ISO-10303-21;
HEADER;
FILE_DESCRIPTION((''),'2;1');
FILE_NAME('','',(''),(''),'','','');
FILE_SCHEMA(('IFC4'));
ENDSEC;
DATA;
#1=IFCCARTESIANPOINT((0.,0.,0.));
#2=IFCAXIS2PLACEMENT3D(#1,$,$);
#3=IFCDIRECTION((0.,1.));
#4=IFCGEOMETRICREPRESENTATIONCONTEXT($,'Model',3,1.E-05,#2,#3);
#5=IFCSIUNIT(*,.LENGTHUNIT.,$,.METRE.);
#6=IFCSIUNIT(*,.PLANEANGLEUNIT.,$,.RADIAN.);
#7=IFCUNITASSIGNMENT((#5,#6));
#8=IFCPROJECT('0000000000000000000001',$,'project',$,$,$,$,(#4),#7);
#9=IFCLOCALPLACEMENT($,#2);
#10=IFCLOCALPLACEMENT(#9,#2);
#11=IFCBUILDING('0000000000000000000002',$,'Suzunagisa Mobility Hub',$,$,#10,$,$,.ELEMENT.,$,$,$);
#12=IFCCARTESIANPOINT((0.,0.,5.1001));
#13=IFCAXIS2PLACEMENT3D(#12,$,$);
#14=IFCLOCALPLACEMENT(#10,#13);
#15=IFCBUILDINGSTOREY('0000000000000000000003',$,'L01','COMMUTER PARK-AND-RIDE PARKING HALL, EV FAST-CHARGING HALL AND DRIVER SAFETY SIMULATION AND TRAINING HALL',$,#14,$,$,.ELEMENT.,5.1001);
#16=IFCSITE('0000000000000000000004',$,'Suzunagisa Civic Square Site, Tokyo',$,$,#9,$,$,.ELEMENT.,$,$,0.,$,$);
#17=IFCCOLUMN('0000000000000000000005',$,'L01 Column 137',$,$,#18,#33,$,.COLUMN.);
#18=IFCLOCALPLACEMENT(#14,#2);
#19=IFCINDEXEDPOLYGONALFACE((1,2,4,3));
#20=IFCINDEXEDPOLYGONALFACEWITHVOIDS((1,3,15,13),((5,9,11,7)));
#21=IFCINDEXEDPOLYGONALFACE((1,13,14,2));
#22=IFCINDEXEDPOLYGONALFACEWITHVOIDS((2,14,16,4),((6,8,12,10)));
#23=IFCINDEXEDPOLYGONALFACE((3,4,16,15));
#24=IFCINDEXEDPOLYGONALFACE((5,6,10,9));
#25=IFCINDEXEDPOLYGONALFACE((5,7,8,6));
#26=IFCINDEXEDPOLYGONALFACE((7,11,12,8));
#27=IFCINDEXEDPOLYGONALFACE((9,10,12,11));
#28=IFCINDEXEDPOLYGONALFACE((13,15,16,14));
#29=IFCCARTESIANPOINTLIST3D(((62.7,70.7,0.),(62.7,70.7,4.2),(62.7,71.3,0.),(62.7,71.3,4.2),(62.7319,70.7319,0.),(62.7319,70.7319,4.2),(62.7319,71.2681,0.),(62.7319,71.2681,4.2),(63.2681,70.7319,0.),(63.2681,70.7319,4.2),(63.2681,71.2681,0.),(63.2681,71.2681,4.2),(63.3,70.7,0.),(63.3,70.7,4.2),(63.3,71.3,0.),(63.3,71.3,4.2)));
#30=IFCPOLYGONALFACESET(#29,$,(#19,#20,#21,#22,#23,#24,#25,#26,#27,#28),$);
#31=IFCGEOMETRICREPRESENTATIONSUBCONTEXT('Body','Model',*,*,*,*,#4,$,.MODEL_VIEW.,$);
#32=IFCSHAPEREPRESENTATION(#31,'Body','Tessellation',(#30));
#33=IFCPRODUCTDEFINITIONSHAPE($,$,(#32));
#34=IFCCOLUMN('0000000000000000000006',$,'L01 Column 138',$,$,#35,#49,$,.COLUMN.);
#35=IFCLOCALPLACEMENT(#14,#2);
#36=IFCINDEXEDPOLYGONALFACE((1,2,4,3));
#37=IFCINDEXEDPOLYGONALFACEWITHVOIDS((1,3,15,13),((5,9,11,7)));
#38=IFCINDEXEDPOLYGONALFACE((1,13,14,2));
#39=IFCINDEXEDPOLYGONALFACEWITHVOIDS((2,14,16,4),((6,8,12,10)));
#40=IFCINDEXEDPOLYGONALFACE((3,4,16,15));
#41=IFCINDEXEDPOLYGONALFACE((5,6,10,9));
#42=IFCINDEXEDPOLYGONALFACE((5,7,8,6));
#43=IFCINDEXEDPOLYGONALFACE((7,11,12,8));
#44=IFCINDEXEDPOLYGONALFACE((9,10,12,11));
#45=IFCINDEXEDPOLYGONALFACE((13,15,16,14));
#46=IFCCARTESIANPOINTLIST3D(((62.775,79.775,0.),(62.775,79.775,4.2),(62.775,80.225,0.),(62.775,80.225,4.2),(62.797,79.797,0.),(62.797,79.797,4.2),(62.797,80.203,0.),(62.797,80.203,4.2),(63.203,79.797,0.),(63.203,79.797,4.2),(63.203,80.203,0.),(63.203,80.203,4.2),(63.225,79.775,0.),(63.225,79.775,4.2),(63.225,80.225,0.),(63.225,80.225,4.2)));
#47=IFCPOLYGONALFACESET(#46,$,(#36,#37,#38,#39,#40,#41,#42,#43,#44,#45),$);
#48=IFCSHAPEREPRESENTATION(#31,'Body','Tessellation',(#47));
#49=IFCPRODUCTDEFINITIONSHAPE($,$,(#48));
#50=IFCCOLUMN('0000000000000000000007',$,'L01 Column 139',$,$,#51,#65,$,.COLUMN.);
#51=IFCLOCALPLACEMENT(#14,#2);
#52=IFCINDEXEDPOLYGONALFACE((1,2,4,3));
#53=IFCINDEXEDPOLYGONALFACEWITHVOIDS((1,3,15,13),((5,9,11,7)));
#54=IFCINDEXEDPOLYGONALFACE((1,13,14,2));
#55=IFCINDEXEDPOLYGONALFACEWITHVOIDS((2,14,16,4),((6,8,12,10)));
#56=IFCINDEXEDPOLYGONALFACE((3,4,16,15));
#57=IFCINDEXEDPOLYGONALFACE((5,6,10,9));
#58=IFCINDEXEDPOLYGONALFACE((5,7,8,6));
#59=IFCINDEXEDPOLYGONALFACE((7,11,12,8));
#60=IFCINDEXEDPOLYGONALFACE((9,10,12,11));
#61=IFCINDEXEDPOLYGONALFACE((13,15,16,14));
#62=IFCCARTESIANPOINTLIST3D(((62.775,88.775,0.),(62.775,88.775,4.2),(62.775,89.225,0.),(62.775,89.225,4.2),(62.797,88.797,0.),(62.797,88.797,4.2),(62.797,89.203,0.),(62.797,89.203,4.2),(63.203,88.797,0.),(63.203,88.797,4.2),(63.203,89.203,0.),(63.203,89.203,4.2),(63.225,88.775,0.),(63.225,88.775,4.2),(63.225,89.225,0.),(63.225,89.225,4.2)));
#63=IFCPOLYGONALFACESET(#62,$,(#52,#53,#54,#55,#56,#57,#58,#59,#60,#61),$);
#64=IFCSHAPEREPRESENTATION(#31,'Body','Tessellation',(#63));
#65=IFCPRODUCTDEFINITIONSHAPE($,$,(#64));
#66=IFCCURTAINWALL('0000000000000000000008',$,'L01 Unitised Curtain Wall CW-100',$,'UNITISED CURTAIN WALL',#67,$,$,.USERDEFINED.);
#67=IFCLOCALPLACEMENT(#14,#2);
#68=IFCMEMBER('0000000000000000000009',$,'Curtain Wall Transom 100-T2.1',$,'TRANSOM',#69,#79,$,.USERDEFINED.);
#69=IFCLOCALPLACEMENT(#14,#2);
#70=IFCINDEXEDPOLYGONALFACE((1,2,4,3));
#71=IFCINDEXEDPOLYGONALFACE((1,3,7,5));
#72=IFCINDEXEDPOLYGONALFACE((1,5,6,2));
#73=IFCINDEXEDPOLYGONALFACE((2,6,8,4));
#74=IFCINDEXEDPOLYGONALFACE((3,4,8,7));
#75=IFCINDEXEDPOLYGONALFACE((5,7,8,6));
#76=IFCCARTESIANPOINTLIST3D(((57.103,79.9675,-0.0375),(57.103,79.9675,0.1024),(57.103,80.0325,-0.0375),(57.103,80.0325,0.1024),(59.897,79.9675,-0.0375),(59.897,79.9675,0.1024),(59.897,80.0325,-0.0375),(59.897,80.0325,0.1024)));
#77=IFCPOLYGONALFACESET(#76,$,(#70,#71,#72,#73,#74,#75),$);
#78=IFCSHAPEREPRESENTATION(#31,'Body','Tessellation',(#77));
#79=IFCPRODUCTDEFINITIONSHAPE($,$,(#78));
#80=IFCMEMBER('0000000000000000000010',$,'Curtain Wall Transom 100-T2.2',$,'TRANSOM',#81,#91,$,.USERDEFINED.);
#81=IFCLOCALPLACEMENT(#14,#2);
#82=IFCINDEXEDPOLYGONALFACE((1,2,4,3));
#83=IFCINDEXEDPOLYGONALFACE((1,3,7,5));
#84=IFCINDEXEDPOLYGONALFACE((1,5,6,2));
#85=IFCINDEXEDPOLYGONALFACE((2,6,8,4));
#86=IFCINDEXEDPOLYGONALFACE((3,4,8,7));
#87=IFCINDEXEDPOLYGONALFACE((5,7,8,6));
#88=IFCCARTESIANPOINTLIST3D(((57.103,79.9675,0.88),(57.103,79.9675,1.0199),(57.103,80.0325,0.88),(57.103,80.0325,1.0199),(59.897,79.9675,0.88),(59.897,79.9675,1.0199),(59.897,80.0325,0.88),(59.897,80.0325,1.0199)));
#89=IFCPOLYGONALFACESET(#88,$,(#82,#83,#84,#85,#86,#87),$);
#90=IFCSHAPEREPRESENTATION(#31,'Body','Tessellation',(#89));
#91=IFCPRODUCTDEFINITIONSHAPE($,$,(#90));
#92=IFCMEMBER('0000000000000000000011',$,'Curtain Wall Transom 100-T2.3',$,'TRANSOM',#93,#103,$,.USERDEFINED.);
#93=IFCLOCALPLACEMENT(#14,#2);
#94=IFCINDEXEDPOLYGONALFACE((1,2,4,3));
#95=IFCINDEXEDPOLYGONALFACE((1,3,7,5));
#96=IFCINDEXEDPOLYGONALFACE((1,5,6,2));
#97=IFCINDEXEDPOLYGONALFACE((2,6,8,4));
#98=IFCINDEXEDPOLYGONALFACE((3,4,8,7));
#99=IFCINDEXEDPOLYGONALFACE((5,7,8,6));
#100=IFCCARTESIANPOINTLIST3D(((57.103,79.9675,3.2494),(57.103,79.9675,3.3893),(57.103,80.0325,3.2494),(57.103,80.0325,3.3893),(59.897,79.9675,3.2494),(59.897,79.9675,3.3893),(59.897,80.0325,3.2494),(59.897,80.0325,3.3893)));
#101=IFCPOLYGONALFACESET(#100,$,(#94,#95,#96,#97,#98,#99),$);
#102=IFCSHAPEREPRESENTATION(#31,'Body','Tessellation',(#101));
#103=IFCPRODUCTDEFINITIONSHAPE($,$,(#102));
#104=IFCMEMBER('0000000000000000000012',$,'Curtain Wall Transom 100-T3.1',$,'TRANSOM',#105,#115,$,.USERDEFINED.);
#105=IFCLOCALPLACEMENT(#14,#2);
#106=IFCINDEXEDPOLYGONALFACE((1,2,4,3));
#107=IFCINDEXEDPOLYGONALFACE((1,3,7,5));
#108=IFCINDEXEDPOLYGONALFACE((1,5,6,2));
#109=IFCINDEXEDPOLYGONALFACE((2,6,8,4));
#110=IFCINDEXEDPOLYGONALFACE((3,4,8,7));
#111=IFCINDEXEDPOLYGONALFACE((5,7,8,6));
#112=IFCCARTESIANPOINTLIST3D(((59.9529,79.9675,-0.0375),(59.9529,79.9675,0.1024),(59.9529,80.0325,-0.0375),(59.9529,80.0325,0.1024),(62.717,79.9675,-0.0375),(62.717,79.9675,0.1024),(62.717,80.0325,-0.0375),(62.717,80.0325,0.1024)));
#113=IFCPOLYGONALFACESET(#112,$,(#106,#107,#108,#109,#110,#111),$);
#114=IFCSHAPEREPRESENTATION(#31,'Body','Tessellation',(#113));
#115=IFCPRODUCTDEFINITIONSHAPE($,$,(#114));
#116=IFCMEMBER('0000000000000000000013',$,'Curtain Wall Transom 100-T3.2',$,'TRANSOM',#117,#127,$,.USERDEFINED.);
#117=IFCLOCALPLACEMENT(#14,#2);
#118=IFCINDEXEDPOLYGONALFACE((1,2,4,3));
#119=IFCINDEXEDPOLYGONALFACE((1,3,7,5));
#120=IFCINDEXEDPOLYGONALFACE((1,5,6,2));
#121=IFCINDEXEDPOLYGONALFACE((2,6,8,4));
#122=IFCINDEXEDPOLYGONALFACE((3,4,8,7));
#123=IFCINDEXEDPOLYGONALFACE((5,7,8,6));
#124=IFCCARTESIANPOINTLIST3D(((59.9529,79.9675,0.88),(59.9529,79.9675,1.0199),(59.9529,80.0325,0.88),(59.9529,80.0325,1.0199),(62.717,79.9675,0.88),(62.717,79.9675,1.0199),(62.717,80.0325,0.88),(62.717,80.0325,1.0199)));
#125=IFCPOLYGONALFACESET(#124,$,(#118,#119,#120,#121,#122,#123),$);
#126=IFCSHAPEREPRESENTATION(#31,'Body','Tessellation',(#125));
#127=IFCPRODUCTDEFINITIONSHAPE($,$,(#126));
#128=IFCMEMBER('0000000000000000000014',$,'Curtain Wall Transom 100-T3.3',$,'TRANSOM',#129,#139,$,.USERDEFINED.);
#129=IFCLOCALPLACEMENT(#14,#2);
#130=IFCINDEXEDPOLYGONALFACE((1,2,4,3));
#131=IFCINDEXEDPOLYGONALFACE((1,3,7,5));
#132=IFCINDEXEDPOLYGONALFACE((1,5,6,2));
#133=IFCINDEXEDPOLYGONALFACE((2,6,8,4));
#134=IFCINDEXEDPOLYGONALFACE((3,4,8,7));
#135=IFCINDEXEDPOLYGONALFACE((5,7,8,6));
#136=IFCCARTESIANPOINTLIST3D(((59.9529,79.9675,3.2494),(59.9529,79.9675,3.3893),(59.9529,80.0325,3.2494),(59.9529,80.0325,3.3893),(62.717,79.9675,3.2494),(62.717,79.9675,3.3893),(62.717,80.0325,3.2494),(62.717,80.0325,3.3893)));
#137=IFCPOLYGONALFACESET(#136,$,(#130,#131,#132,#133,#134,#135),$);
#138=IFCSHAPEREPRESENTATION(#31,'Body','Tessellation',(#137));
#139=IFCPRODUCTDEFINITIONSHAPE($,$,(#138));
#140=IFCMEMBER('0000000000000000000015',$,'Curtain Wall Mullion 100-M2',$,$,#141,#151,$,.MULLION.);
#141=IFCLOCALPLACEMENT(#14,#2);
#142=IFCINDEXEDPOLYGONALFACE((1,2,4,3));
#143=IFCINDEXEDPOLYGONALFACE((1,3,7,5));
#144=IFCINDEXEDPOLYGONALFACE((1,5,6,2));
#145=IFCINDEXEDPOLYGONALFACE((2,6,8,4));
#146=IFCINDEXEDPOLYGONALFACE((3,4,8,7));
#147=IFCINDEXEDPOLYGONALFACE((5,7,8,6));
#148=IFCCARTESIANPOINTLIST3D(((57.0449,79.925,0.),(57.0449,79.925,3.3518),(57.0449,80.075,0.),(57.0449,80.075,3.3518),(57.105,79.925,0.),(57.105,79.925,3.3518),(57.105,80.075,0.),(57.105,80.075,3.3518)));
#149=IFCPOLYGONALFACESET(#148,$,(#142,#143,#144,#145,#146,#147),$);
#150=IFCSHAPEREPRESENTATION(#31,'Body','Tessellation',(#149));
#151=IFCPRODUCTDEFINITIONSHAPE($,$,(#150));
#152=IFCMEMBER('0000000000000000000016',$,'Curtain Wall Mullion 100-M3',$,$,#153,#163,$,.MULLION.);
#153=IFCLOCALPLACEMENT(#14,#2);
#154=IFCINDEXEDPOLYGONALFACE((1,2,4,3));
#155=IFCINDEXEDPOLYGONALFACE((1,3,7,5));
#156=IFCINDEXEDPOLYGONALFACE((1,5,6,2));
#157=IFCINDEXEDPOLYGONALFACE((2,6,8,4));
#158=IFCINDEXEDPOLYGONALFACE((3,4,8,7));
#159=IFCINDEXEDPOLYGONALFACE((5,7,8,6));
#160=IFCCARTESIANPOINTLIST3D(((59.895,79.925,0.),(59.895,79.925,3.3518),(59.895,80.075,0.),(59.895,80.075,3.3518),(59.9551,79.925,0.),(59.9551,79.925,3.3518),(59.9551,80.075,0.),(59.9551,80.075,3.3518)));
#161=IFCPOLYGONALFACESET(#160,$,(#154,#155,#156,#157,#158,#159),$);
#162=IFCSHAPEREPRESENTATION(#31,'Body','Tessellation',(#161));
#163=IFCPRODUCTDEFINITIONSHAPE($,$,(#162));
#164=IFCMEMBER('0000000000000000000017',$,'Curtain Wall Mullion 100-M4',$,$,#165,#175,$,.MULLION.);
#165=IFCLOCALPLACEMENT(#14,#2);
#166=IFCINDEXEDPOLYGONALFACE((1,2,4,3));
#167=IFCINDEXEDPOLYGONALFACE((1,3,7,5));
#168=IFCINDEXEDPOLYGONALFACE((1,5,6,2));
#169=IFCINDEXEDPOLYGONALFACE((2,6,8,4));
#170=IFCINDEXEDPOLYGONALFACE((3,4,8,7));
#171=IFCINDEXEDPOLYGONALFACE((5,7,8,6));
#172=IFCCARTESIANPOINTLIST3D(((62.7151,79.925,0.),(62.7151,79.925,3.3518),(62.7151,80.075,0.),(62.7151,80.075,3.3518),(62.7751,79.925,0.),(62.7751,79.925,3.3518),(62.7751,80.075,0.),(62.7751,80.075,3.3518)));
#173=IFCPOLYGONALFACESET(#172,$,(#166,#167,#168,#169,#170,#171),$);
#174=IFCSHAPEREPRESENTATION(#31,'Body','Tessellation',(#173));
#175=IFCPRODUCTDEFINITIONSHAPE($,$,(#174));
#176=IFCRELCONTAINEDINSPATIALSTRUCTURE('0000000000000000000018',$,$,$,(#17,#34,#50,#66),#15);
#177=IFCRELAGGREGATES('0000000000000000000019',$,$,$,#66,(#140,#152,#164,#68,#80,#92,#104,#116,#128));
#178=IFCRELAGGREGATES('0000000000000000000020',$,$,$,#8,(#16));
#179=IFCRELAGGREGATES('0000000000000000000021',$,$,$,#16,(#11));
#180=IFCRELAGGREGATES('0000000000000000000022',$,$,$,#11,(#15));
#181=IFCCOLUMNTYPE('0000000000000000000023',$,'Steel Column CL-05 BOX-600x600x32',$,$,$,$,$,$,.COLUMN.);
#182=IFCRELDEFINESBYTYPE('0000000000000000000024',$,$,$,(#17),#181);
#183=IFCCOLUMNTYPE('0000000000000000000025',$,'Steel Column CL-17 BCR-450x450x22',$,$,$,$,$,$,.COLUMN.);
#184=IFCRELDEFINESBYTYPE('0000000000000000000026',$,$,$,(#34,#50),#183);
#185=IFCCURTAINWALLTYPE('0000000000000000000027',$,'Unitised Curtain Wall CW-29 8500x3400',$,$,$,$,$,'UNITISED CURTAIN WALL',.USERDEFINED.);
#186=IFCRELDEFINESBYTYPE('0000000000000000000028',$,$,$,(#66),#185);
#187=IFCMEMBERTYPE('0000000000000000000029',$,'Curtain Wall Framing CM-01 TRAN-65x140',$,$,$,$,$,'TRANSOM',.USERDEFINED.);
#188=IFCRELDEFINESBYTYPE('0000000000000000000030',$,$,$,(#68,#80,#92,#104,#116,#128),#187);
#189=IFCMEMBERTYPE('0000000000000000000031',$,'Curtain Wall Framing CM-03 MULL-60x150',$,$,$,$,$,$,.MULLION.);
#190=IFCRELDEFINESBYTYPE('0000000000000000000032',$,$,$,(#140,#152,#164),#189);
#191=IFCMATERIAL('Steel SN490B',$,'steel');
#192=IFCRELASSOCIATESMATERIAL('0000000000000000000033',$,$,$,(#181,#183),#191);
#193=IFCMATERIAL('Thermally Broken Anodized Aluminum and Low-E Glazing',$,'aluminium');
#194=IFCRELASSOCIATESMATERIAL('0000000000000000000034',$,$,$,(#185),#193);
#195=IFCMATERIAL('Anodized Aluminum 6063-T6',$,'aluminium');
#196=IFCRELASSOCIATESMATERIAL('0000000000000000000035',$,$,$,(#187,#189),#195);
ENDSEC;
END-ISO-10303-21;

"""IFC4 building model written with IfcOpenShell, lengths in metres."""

from ifc_helpers import new_model, si_unit, direction, frame, origin, origin_2d, place, context, subcontext, project, spatial, rectangle, hollow_rectangle, extrude, material, material_profile, profile_set, type_object, element, aggregate, save


model = new_model("IFC4")

# Units and contexts
model_context = context("Model", 3, precision=1e-05, world=origin(), true_north=direction((0.0, 1.0)))
body_context = subcontext(model_context, "Body", "Model", "MODEL_VIEW")
ifc_project = project(units=[si_unit("LENGTHUNIT", "METRE"), si_unit("PLANEANGLEUNIT", "RADIAN")], contexts=[model_context])

# Site, building, storey
site_placement = place(None, origin())
site = spatial("IfcSite", under=ifc_project, at=site_placement, Name="Suzunagisa Civic Square Site, Tokyo", CompositionType="ELEMENT", RefElevation=0.0)
building_placement = place(site_placement, origin())
building = spatial("IfcBuilding", under=site, at=building_placement, Name="Suzunagisa Mobility Hub", CompositionType="ELEMENT")
storey_placement = place(building_placement, frame((0.0, 0.0, 5.1001)))
storey = spatial("IfcBuildingStorey", under=building, at=storey_placement, Name="L01", Description="COMMUTER PARK-AND-RIDE PARKING HALL, EV FAST-CHARGING HALL AND DRIVER SAFETY SIMULATION AND TRAINING HALL", CompositionType="ELEMENT", Elevation=5.1001)

# Columns
ifc_material_1 = material(Name="Steel SN490B", Category="steel")
ifc_material_profile_1 = material_profile(ifc_material_1, hollow_rectangle(XDim=0.6001, YDim=0.6001, WallThickness=0.032, at=origin_2d()), Name="BOX-600x600x32")
ifc_profile_set_1 = profile_set([ifc_material_profile_1], Name="Steel SN490B")
column_type_1 = type_object("IfcColumnType", Name="Steel Column CL-05 BOX-600x600x32", PredefinedType="COLUMN", material=ifc_profile_set_1)
column_placement = place(storey_placement, frame((63.0, 71.0, 0.0), z_axis=(0.0, 0.0, 1.0), x_axis=(1.0, 0.0, 0.0)))
element("IfcColumn", 1, at=column_placement, inside=storey, type_object=column_type_1, Name="L01 Column 137", PredefinedType="COLUMN", context=body_context, shape_type="SweptSolid", body=[
    extrude(hollow_rectangle(XDim=0.6001, YDim=0.6001, WallThickness=0.032, at=origin_2d()), origin(), (0.0, 0.0, 1.0), 4.2),
])
ifc_material_profile_2 = material_profile(ifc_material_1, hollow_rectangle(XDim=0.45, YDim=0.45, WallThickness=0.022, at=origin_2d()), Name="BCR-450x450x22")
ifc_profile_set_2 = profile_set([ifc_material_profile_2], Name="Steel SN490B")
column_type_2 = type_object("IfcColumnType", Name="Steel Column CL-17 BCR-450x450x22", PredefinedType="COLUMN", material=ifc_profile_set_2)
for number, where, z_axis, x_axis, name in (
    (2, (63.0, 80.0, 0.0), (0.0, 0.0, 1.0), (1.0, 0.0, 0.0), "L01 Column 138"),
    (3, (63.0, 89.0, 0.0), (0.0, 0.0, 1.0), (1.0, 0.0, 0.0), "L01 Column 139"),
):
    element("IfcColumn", number, at=place(storey_placement, frame(where, z_axis=z_axis, x_axis=x_axis)), inside=storey, type_object=column_type_2, Name=name, PredefinedType="COLUMN", context=body_context, shape_type="SweptSolid", body=[
        extrude(hollow_rectangle(XDim=0.45, YDim=0.45, WallThickness=0.022, at=origin_2d()), origin(), (0.0, 0.0, 1.0), 4.2),
    ])

# Curtain wall, members
ifc_material_2 = material(Name="Thermally Broken Anodized Aluminum and Low-E Glazing", Category="aluminium")
curtain_wall_type = type_object("IfcCurtainWallType", Name="Unitised Curtain Wall CW-29 8500x3400", ElementType="UNITISED CURTAIN WALL", PredefinedType="USERDEFINED", material=ifc_material_2)
curtain_wall_placement = place(storey_placement, origin())
curtain_wall = element("IfcCurtainWall", 4, at=curtain_wall_placement, inside=storey, type_object=curtain_wall_type, Name="L01 Unitised Curtain Wall CW-100", ObjectType="UNITISED CURTAIN WALL", PredefinedType="USERDEFINED")
ifc_material_3 = material(Name="Anodized Aluminum 6063-T6", Category="aluminium")
ifc_material_profile_3 = material_profile(ifc_material_3, rectangle(XDim=0.0649, YDim=0.1399, at=origin_2d()), Name="TRAN-65x140")
ifc_profile_set_3 = profile_set([ifc_material_profile_3], Name="Anodized Aluminum 6063-T6")
member_type_1 = type_object("IfcMemberType", Name="Curtain Wall Framing CM-01 TRAN-65x140", ElementType="TRANSOM", PredefinedType="USERDEFINED", material=ifc_profile_set_3)
member_1_placement = place(storey_placement, frame((57.103, 80.0, 0.0325), z_axis=(1.0, 0.0, 0.0), x_axis=(0.0, 1.0, 0.0)))
member_1 = element("IfcMember", 5, at=member_1_placement, type_object=member_type_1, Name="Curtain Wall Transom 100-T2.1", ObjectType="TRANSOM", PredefinedType="USERDEFINED", context=body_context, shape_type="SweptSolid", body=[
    extrude(rectangle(XDim=0.0649, YDim=0.1399, at=origin_2d()), origin(), (0.0, 0.0, 1.0), 2.7939),
])
member_2_placement = place(storey_placement, frame((57.103, 80.0, 0.95), z_axis=(1.0, 0.0, 0.0), x_axis=(0.0, 1.0, 0.0)))
member_2 = element("IfcMember", 6, at=member_2_placement, type_object=member_type_1, Name="Curtain Wall Transom 100-T2.2", ObjectType="TRANSOM", PredefinedType="USERDEFINED", context=body_context, shape_type="SweptSolid", body=[
    extrude(rectangle(XDim=0.0649, YDim=0.1399, at=origin_2d()), origin(), (0.0, 0.0, 1.0), 2.7939),
])
member_3_placement = place(storey_placement, frame((57.103, 80.0, 3.3193), z_axis=(1.0, 0.0, 0.0), x_axis=(0.0, 1.0, 0.0)))
member_3 = element("IfcMember", 7, at=member_3_placement, type_object=member_type_1, Name="Curtain Wall Transom 100-T2.3", ObjectType="TRANSOM", PredefinedType="USERDEFINED", context=body_context, shape_type="SweptSolid", body=[
    extrude(rectangle(XDim=0.0649, YDim=0.1399, at=origin_2d()), origin(), (0.0, 0.0, 1.0), 2.7939),
])
member_4_placement = place(storey_placement, frame((59.9529, 80.0, 0.0325), z_axis=(1.0, 0.0, 0.0), x_axis=(0.0, 1.0, 0.0)))
member_4 = element("IfcMember", 8, at=member_4_placement, type_object=member_type_1, Name="Curtain Wall Transom 100-T3.1", ObjectType="TRANSOM", PredefinedType="USERDEFINED", context=body_context, shape_type="SweptSolid", body=[
    extrude(rectangle(XDim=0.0649, YDim=0.1399, at=origin_2d()), origin(), (0.0, 0.0, 1.0), 2.7642),
])
member_5_placement = place(storey_placement, frame((59.9529, 80.0, 0.95), z_axis=(1.0, 0.0, 0.0), x_axis=(0.0, 1.0, 0.0)))
member_5 = element("IfcMember", 9, at=member_5_placement, type_object=member_type_1, Name="Curtain Wall Transom 100-T3.2", ObjectType="TRANSOM", PredefinedType="USERDEFINED", context=body_context, shape_type="SweptSolid", body=[
    extrude(rectangle(XDim=0.0649, YDim=0.1399, at=origin_2d()), origin(), (0.0, 0.0, 1.0), 2.7642),
])
member_6_placement = place(storey_placement, frame((59.9529, 80.0, 3.3193), z_axis=(1.0, 0.0, 0.0), x_axis=(0.0, 1.0, 0.0)))
member_6 = element("IfcMember", 10, at=member_6_placement, type_object=member_type_1, Name="Curtain Wall Transom 100-T3.3", ObjectType="TRANSOM", PredefinedType="USERDEFINED", context=body_context, shape_type="SweptSolid", body=[
    extrude(rectangle(XDim=0.0649, YDim=0.1399, at=origin_2d()), origin(), (0.0, 0.0, 1.0), 2.7642),
])
ifc_material_profile_4 = material_profile(ifc_material_3, rectangle(XDim=0.0601, YDim=0.1499, at=origin_2d()), Name="MULL-60x150")
ifc_profile_set_4 = profile_set([ifc_material_profile_4], Name="Anodized Aluminum 6063-T6")
member_type_2 = type_object("IfcMemberType", Name="Curtain Wall Framing CM-03 MULL-60x150", PredefinedType="MULLION", material=ifc_profile_set_4)
member_7_placement = place(storey_placement, frame((57.075, 80.0, 0.0), z_axis=(0.0, 0.0, 1.0), x_axis=(1.0, 0.0, 0.0)))
member_7 = element("IfcMember", 11, at=member_7_placement, type_object=member_type_2, Name="Curtain Wall Mullion 100-M2", PredefinedType="MULLION", context=body_context, shape_type="SweptSolid", body=[
    extrude(rectangle(XDim=0.0601, YDim=0.1499, at=origin_2d()), origin(), (0.0, 0.0, 1.0), 3.3518),
])
member_8_placement = place(storey_placement, frame((59.925, 80.0, 0.0), z_axis=(0.0, 0.0, 1.0), x_axis=(1.0, 0.0, 0.0)))
member_8 = element("IfcMember", 12, at=member_8_placement, type_object=member_type_2, Name="Curtain Wall Mullion 100-M3", PredefinedType="MULLION", context=body_context, shape_type="SweptSolid", body=[
    extrude(rectangle(XDim=0.0601, YDim=0.1499, at=origin_2d()), origin(), (0.0, 0.0, 1.0), 3.3518),
])
member_9_placement = place(storey_placement, frame((62.7451, 80.0, 0.0), z_axis=(0.0, 0.0, 1.0), x_axis=(1.0, 0.0, 0.0)))
member_9 = element("IfcMember", 13, at=member_9_placement, type_object=member_type_2, Name="Curtain Wall Mullion 100-M4", PredefinedType="MULLION", context=body_context, shape_type="SweptSolid", body=[
    extrude(rectangle(XDim=0.0601, YDim=0.1499, at=origin_2d()), origin(), (0.0, 0.0, 1.0), 3.3518),
])

aggregate(curtain_wall, [member_7, member_8, member_9, member_1, member_2, member_3, member_4, member_5, member_6])

save(model, "model.ifc")
